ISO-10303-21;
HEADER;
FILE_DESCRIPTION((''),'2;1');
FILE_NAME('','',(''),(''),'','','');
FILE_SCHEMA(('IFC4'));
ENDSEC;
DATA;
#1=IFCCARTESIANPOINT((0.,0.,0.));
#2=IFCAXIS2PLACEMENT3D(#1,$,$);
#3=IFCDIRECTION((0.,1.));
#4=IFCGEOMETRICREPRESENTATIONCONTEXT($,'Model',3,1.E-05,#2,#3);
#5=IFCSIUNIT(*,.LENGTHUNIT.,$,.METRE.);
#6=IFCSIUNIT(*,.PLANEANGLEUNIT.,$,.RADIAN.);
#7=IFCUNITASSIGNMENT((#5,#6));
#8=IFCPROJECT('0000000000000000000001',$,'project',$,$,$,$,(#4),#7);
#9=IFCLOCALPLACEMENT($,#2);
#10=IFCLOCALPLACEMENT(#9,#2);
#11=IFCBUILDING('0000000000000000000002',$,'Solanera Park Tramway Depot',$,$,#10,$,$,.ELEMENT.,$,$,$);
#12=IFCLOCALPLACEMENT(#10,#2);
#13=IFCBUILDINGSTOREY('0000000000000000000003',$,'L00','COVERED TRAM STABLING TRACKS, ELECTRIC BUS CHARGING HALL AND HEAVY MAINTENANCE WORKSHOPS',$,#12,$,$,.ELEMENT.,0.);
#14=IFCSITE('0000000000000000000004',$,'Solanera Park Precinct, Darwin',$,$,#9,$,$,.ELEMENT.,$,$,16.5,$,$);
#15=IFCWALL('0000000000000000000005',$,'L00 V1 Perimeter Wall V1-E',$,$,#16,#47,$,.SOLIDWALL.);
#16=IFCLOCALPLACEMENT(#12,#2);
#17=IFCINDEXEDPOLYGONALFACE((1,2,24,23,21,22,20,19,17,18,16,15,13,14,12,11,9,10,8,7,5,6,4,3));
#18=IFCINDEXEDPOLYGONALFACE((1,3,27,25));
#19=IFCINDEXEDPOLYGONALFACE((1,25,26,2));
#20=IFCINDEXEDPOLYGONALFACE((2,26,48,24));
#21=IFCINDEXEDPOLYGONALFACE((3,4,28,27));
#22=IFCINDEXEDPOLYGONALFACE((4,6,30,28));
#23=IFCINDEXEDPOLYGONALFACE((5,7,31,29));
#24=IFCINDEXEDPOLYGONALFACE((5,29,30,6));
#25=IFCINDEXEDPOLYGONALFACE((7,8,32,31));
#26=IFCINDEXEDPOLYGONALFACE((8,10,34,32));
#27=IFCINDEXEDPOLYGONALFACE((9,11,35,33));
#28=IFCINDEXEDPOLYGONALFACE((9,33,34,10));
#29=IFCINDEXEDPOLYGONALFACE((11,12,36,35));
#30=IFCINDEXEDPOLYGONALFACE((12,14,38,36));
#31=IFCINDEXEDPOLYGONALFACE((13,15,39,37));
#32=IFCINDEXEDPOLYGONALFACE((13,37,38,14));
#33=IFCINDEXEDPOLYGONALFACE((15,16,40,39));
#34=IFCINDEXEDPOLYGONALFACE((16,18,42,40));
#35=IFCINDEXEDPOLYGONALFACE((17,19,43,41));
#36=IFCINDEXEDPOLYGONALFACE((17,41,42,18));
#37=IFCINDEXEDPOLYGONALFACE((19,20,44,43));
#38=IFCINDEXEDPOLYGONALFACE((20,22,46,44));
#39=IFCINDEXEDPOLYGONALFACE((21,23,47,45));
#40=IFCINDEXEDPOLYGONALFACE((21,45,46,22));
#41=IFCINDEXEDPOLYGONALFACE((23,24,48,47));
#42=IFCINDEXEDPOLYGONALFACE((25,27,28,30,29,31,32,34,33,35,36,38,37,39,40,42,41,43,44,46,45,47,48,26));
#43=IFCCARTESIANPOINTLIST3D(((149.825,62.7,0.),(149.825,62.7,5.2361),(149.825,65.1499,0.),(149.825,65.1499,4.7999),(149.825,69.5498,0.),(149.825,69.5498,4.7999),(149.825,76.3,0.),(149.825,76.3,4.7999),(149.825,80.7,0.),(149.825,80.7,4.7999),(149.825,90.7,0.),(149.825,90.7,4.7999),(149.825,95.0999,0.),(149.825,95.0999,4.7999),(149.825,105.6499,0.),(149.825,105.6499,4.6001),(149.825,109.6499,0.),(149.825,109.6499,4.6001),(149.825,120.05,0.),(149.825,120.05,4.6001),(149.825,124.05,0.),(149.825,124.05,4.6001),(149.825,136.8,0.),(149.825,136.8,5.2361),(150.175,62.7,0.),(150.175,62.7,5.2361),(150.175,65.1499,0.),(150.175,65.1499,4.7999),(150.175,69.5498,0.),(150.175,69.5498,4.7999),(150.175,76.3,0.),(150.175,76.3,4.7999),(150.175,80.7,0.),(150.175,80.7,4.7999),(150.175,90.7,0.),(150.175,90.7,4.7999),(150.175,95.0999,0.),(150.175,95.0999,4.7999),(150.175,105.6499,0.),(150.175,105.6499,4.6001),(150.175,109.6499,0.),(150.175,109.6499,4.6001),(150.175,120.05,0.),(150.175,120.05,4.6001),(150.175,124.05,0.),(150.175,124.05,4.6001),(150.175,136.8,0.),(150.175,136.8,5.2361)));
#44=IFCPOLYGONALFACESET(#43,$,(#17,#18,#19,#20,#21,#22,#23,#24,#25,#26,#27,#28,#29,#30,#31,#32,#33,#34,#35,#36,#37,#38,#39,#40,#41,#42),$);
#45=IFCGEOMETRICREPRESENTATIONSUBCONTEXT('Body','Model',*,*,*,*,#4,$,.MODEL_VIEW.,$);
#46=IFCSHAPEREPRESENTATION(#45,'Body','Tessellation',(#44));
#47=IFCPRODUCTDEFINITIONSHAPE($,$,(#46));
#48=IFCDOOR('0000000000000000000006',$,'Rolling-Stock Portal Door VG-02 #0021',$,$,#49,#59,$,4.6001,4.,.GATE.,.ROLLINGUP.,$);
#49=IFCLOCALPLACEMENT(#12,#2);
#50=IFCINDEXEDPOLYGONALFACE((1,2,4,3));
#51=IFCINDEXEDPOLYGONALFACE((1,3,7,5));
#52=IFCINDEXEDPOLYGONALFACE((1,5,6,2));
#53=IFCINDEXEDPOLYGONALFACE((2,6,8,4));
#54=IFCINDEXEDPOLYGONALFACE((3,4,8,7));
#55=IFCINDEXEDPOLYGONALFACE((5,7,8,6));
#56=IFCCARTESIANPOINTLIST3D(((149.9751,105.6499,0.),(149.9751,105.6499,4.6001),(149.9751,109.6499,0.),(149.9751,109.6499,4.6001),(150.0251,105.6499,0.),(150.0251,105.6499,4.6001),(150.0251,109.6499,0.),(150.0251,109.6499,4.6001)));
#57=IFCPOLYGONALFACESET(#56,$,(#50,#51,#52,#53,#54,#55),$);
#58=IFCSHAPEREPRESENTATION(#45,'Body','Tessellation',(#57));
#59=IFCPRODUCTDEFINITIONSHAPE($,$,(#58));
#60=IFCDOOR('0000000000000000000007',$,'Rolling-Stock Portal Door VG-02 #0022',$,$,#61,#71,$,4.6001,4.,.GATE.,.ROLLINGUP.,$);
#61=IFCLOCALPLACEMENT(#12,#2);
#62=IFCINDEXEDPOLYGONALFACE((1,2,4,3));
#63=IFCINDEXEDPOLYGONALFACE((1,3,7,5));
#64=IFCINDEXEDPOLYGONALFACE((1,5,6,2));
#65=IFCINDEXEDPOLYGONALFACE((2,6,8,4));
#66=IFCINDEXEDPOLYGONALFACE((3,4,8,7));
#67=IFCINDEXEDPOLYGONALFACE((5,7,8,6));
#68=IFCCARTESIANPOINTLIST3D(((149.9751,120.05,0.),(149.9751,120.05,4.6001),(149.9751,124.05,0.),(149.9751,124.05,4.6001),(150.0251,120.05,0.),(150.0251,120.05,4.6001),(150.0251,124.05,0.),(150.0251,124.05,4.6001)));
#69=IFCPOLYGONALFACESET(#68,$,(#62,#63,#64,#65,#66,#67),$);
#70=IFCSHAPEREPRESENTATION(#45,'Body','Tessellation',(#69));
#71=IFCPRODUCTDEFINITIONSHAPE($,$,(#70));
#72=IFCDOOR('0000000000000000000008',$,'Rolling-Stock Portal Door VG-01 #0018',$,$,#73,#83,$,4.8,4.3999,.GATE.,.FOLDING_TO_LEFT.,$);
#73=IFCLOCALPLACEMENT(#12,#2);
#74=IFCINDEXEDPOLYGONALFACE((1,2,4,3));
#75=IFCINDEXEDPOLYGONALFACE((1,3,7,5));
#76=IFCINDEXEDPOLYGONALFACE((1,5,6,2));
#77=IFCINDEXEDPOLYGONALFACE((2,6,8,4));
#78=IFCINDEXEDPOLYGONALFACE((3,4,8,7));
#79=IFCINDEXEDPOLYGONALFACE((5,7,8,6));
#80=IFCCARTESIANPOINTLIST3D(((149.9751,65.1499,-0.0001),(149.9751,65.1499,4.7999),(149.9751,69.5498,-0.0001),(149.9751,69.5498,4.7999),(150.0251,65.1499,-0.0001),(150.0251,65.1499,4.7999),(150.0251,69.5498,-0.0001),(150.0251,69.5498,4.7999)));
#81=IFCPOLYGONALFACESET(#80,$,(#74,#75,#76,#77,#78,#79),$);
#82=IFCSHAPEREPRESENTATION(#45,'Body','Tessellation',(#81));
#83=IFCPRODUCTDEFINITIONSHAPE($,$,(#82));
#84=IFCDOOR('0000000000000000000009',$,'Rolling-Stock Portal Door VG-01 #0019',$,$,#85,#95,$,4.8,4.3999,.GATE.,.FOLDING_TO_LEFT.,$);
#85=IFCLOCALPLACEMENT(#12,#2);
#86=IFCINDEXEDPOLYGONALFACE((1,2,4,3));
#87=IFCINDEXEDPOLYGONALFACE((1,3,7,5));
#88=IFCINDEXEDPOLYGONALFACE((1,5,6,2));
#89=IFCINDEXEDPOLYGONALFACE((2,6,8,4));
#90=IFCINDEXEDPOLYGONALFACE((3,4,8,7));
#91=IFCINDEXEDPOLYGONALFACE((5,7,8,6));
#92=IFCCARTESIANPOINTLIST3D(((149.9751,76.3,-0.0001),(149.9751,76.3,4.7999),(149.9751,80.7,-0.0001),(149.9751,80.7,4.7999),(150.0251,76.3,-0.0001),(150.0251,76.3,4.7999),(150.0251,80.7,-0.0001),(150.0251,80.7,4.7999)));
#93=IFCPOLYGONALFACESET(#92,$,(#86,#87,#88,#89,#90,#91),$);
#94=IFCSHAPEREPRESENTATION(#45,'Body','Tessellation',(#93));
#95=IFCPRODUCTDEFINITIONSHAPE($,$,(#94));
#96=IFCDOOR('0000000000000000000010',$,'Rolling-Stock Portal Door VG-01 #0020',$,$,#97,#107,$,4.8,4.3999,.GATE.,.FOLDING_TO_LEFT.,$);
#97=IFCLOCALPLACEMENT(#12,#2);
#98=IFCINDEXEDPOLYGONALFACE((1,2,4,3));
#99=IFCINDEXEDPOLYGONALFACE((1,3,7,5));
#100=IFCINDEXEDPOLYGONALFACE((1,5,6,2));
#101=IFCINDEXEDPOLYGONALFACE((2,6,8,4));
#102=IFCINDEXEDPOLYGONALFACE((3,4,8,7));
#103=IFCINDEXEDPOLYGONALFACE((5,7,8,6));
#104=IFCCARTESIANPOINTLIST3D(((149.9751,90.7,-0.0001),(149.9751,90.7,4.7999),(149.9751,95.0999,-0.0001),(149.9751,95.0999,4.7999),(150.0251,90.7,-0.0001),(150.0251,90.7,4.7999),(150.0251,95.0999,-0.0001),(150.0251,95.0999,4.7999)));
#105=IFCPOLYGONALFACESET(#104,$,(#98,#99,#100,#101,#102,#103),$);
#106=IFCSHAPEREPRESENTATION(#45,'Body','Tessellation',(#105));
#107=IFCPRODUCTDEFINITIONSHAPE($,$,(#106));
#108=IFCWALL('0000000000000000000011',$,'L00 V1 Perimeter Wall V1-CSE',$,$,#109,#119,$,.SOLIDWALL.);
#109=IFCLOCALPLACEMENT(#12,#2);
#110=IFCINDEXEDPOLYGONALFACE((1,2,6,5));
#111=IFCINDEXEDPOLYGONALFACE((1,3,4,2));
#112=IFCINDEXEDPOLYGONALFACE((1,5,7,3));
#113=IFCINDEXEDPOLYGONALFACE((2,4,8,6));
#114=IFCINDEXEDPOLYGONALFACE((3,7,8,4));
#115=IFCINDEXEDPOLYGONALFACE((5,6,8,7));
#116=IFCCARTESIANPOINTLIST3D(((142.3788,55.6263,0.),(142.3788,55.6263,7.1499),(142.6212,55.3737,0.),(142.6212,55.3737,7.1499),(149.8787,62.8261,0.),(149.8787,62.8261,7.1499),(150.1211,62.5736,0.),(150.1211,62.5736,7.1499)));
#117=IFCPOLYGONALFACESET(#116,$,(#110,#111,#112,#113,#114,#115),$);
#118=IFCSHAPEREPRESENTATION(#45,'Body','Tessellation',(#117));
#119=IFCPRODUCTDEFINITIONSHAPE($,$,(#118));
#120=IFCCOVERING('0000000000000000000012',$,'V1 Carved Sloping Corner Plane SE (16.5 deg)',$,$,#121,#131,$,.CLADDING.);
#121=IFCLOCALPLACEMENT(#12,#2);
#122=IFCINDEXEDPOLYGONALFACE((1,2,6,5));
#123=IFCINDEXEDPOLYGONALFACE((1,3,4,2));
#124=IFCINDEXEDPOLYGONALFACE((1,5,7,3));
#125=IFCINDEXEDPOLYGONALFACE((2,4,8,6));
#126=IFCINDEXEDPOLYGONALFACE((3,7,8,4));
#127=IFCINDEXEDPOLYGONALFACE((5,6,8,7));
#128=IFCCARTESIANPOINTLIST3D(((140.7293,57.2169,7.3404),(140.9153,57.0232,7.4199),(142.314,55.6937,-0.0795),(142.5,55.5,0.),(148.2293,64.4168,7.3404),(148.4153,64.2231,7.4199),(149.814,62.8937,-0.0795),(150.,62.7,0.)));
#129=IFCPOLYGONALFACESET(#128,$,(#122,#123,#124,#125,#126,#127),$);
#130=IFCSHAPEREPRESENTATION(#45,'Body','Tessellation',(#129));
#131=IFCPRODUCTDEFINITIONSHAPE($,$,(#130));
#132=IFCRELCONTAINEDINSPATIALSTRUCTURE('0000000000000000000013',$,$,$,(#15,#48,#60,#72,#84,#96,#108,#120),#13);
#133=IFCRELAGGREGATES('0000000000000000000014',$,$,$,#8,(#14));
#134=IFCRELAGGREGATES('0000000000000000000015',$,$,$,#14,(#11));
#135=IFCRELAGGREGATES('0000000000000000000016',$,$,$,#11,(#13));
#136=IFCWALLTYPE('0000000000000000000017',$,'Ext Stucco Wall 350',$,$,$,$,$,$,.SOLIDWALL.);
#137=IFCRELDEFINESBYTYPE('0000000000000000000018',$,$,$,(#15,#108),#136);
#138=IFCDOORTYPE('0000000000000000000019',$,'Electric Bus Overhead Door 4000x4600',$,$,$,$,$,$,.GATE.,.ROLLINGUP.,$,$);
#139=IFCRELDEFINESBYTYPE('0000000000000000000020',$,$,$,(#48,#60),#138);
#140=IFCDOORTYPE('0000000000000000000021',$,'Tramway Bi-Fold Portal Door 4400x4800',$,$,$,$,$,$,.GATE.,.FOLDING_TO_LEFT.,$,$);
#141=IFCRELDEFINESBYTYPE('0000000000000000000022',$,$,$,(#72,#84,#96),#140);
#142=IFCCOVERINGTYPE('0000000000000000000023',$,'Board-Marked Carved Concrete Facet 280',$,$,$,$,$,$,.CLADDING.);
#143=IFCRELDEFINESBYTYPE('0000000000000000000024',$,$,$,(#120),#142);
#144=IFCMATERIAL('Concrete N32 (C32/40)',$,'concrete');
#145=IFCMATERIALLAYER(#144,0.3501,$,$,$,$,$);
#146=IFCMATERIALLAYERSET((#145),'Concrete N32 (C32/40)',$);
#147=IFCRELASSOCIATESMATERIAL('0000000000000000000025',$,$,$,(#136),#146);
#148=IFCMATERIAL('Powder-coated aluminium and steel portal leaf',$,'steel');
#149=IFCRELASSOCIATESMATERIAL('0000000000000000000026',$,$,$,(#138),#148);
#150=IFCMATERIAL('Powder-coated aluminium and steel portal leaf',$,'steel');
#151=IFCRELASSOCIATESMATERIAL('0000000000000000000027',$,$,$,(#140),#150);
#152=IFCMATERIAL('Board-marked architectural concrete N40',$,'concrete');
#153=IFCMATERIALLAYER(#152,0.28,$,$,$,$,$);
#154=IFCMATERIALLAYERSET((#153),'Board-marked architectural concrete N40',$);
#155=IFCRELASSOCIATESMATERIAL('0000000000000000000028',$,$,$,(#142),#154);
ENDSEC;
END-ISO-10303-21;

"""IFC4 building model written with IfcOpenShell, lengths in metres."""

from ifc_helpers import new_model, si_unit, direction, frame, frame_2d, origin, place, context, subcontext, project, spatial, polyline, rectangle, outline, extrude, material, layer, layer_set, type_object, element, fill, save


model = new_model("IFC4")

# Units and contexts
model_context = context("Model", 3, precision=1e-05, world=origin(), true_north=direction((0.0, 1.0)))
body_context = subcontext(model_context, "Body", "Model", "MODEL_VIEW")
ifc_project = project(units=[si_unit("LENGTHUNIT", "METRE"), si_unit("PLANEANGLEUNIT", "RADIAN")], contexts=[model_context])

# Site, building, storey
site_placement = place(None, origin())
site = spatial("IfcSite", under=ifc_project, at=site_placement, Name="Solanera Park Precinct, Darwin", CompositionType="ELEMENT", RefElevation=16.5)
building_placement = place(site_placement, origin())
building = spatial("IfcBuilding", under=site, at=building_placement, Name="Solanera Park Tramway Depot", CompositionType="ELEMENT")
storey_placement = place(building_placement, origin())
storey = spatial("IfcBuildingStorey", under=building, at=storey_placement, Name="L00", Description="COVERED TRAM STABLING TRACKS, ELECTRIC BUS CHARGING HALL AND HEAVY MAINTENANCE WORKSHOPS", CompositionType="ELEMENT", Elevation=0.0)

# Wall, openings, doors
ifc_material_1 = material(Name="Concrete N32 (C32/40)", Category="concrete")
ifc_layer_1 = layer(ifc_material_1, 0.3501)
ifc_layer_set_1 = layer_set([ifc_layer_1], Name="Concrete N32 (C32/40)")
wall_type = type_object("IfcWallType", Name="Ext Stucco Wall 350", PredefinedType="SOLIDWALL", material=ifc_layer_set_1)
wall_1_placement = place(storey_placement, frame((150.0, 62.7, 0.0), z_axis=(0.0, 0.0, 1.0), x_axis=(0.0, 1.0, 0.0)))
wall_1 = element("IfcWall", 1, at=wall_1_placement, inside=storey, type_object=wall_type, Name="L00 V1 Perimeter Wall V1-E", PredefinedType="SOLIDWALL", context=body_context, shape_type="SweptSolid", body=[
    extrude(rectangle(XDim=74.1001, YDim=0.3501, at=frame_2d((37.05, 0.0))), origin(), (0.0, 0.0, 1.0), 5.2361),
])
opening_1_placement = place(wall_1_placement, frame((2.45, 0.0, 0.0)))
opening_1 = element("IfcOpeningElement", 2, at=opening_1_placement, cuts=wall_1, PredefinedType="OPENING", context=body_context, shape_type="SweptSolid", body=[
    extrude(rectangle(XDim=4.3999, YDim=4.8, at=frame_2d((2.2, 2.3999))), frame((0.0, 0.1851, 0.0), z_axis=(0.0, -1.0, 0.0), x_axis=(1.0, 0.0, 0.0)), (0.0, 0.0, 1.0), 0.3701),
])
opening_2_placement = place(wall_1_placement, frame((13.6001, 0.0, 0.0)))
opening_2 = element("IfcOpeningElement", 3, at=opening_2_placement, cuts=wall_1, PredefinedType="OPENING", context=body_context, shape_type="SweptSolid", body=[
    extrude(rectangle(XDim=4.3999, YDim=4.8, at=frame_2d((2.2, 2.3999))), frame((0.0, 0.1851, 0.0), z_axis=(0.0, -1.0, 0.0), x_axis=(1.0, 0.0, 0.0)), (0.0, 0.0, 1.0), 0.3701),
])
opening_3_placement = place(wall_1_placement, frame((28.0, 0.0, 0.0)))
opening_3 = element("IfcOpeningElement", 4, at=opening_3_placement, cuts=wall_1, PredefinedType="OPENING", context=body_context, shape_type="SweptSolid", body=[
    extrude(rectangle(XDim=4.3999, YDim=4.8, at=frame_2d((2.2, 2.3999))), frame((0.0, 0.1851, 0.0), z_axis=(0.0, -1.0, 0.0), x_axis=(1.0, 0.0, 0.0)), (0.0, 0.0, 1.0), 0.3701),
])
opening_4_placement = place(wall_1_placement, frame((42.95, 0.0, 0.0)))
opening_4 = element("IfcOpeningElement", 5, at=opening_4_placement, cuts=wall_1, PredefinedType="OPENING", context=body_context, shape_type="SweptSolid", body=[
    extrude(rectangle(XDim=4.0, YDim=4.6001, at=frame_2d((2.0, 2.3))), frame((0.0, 0.1851, 0.0), z_axis=(0.0, -1.0, 0.0), x_axis=(1.0, 0.0, 0.0)), (0.0, 0.0, 1.0), 0.3701),
])
opening_5_placement = place(wall_1_placement, frame((57.3501, 0.0, 0.0)))
opening_5 = element("IfcOpeningElement", 6, at=opening_5_placement, cuts=wall_1, PredefinedType="OPENING", context=body_context, shape_type="SweptSolid", body=[
    extrude(rectangle(XDim=4.0, YDim=4.6001, at=frame_2d((2.0, 2.3))), frame((0.0, 0.1851, 0.0), z_axis=(0.0, -1.0, 0.0), x_axis=(1.0, 0.0, 0.0)), (0.0, 0.0, 1.0), 0.3701),
])
ifc_material_2 = material(Name="Powder-coated aluminium and steel portal leaf", Category="steel")
door_type_1 = type_object("IfcDoorType", Name="Electric Bus Overhead Door 4000x4600", OperationType="ROLLINGUP", PredefinedType="GATE", material=ifc_material_2)
door_1_placement = place(opening_4_placement, origin())
door_1 = element("IfcDoor", 7, at=door_1_placement, inside=storey, type_object=door_type_1, Name="Rolling-Stock Portal Door VG-02 #0021", OperationType="ROLLINGUP", OverallHeight=4.6001, OverallWidth=4.0, PredefinedType="GATE", context=body_context, shape_type="SweptSolid", body=[
    extrude(rectangle(XDim=4.0, YDim=4.6001, at=frame_2d((2.0, 2.3))), frame((0.0, 0.0249, 0.0), z_axis=(0.0, -1.0, 0.0), x_axis=(1.0, 0.0, 0.0)), (0.0, 0.0, 1.0), 0.05),
])
fill(opening_4, door_1)
door_2_placement = place(opening_5_placement, origin())
door_2 = element("IfcDoor", 8, at=door_2_placement, inside=storey, type_object=door_type_1, Name="Rolling-Stock Portal Door VG-02 #0022", OperationType="ROLLINGUP", OverallHeight=4.6001, OverallWidth=4.0, PredefinedType="GATE", context=body_context, shape_type="SweptSolid", body=[
    extrude(rectangle(XDim=4.0, YDim=4.6001, at=frame_2d((2.0, 2.3))), frame((0.0, 0.0249, 0.0), z_axis=(0.0, -1.0, 0.0), x_axis=(1.0, 0.0, 0.0)), (0.0, 0.0, 1.0), 0.05),
])
fill(opening_5, door_2)
ifc_material_3 = material(Name="Powder-coated aluminium and steel portal leaf", Category="steel")
door_type_2 = type_object("IfcDoorType", Name="Tramway Bi-Fold Portal Door 4400x4800", OperationType="FOLDING_TO_LEFT", PredefinedType="GATE", material=ifc_material_3)
door_3_placement = place(opening_1_placement, origin())
door_3 = element("IfcDoor", 9, at=door_3_placement, inside=storey, type_object=door_type_2, Name="Rolling-Stock Portal Door VG-01 #0018", OperationType="FOLDING_TO_LEFT", OverallHeight=4.8, OverallWidth=4.3999, PredefinedType="GATE", context=body_context, shape_type="SweptSolid", body=[
    extrude(rectangle(XDim=4.3999, YDim=4.8, at=frame_2d((2.2, 2.3999))), frame((0.0, 0.0249, 0.0), z_axis=(0.0, -1.0, 0.0), x_axis=(1.0, 0.0, 0.0)), (0.0, 0.0, 1.0), 0.05),
])
fill(opening_1, door_3)
door_4_placement = place(opening_2_placement, origin())
door_4 = element("IfcDoor", 10, at=door_4_placement, inside=storey, type_object=door_type_2, Name="Rolling-Stock Portal Door VG-01 #0019", OperationType="FOLDING_TO_LEFT", OverallHeight=4.8, OverallWidth=4.3999, PredefinedType="GATE", context=body_context, shape_type="SweptSolid", body=[
    extrude(rectangle(XDim=4.3999, YDim=4.8, at=frame_2d((2.2, 2.3999))), frame((0.0, 0.0249, 0.0), z_axis=(0.0, -1.0, 0.0), x_axis=(1.0, 0.0, 0.0)), (0.0, 0.0, 1.0), 0.05),
])
fill(opening_2, door_4)
door_5_placement = place(opening_3_placement, origin())
door_5 = element("IfcDoor", 11, at=door_5_placement, inside=storey, type_object=door_type_2, Name="Rolling-Stock Portal Door VG-01 #0020", OperationType="FOLDING_TO_LEFT", OverallHeight=4.8, OverallWidth=4.3999, PredefinedType="GATE", context=body_context, shape_type="SweptSolid", body=[
    extrude(rectangle(XDim=4.3999, YDim=4.8, at=frame_2d((2.2, 2.3999))), frame((0.0, 0.0249, 0.0), z_axis=(0.0, -1.0, 0.0), x_axis=(1.0, 0.0, 0.0)), (0.0, 0.0, 1.0), 0.05),
])
fill(opening_3, door_5)

# Wall
wall_2_placement = place(storey_placement, frame((142.5, 55.5, 0.0), z_axis=(0.0, 0.0, 1.0), x_axis=(0.72139, 0.692529, 0.0)))
element("IfcWall", 12, at=wall_2_placement, inside=storey, type_object=wall_type, Name="L00 V1 Perimeter Wall V1-CSE", PredefinedType="SOLIDWALL", context=body_context, shape_type="SweptSolid", body=[
    extrude(rectangle(XDim=10.3965, YDim=0.3501, at=frame_2d((5.1982, 0.0))), origin(), (0.0, 0.0, 1.0), 7.1499),
])

# Covering
ifc_material_4 = material(Name="Board-marked architectural concrete N40", Category="concrete")
ifc_layer_2 = layer(ifc_material_4, 0.28)
ifc_layer_set_2 = layer_set([ifc_layer_2], Name="Board-marked architectural concrete N40")
covering_type = type_object("IfcCoveringType", Name="Board-Marked Carved Concrete Facet 280", PredefinedType="CLADDING", material=ifc_layer_set_2)
covering_placement = place(storey_placement, frame((142.5, 55.5, 0.0), z_axis=(0.66405, -0.691723, 0.283825), x_axis=(0.72139, 0.692529, 0.0)))
element("IfcCovering", 13, at=covering_placement, inside=storey, type_object=covering_type, Name="V1 Carved Sloping Corner Plane SE (16.5 deg)", PredefinedType="CLADDING", context=body_context, shape_type="SweptSolid", body=[
    extrude(outline(polyline([(0.0, 0.0), (10.3966, 0.0), (10.3083, 7.7381), (-0.0883, 7.7381), (0.0, 0.0)])), origin(), (0.0, 0.0, -1.0), 0.28),
])

save(model, "model.ifc")
